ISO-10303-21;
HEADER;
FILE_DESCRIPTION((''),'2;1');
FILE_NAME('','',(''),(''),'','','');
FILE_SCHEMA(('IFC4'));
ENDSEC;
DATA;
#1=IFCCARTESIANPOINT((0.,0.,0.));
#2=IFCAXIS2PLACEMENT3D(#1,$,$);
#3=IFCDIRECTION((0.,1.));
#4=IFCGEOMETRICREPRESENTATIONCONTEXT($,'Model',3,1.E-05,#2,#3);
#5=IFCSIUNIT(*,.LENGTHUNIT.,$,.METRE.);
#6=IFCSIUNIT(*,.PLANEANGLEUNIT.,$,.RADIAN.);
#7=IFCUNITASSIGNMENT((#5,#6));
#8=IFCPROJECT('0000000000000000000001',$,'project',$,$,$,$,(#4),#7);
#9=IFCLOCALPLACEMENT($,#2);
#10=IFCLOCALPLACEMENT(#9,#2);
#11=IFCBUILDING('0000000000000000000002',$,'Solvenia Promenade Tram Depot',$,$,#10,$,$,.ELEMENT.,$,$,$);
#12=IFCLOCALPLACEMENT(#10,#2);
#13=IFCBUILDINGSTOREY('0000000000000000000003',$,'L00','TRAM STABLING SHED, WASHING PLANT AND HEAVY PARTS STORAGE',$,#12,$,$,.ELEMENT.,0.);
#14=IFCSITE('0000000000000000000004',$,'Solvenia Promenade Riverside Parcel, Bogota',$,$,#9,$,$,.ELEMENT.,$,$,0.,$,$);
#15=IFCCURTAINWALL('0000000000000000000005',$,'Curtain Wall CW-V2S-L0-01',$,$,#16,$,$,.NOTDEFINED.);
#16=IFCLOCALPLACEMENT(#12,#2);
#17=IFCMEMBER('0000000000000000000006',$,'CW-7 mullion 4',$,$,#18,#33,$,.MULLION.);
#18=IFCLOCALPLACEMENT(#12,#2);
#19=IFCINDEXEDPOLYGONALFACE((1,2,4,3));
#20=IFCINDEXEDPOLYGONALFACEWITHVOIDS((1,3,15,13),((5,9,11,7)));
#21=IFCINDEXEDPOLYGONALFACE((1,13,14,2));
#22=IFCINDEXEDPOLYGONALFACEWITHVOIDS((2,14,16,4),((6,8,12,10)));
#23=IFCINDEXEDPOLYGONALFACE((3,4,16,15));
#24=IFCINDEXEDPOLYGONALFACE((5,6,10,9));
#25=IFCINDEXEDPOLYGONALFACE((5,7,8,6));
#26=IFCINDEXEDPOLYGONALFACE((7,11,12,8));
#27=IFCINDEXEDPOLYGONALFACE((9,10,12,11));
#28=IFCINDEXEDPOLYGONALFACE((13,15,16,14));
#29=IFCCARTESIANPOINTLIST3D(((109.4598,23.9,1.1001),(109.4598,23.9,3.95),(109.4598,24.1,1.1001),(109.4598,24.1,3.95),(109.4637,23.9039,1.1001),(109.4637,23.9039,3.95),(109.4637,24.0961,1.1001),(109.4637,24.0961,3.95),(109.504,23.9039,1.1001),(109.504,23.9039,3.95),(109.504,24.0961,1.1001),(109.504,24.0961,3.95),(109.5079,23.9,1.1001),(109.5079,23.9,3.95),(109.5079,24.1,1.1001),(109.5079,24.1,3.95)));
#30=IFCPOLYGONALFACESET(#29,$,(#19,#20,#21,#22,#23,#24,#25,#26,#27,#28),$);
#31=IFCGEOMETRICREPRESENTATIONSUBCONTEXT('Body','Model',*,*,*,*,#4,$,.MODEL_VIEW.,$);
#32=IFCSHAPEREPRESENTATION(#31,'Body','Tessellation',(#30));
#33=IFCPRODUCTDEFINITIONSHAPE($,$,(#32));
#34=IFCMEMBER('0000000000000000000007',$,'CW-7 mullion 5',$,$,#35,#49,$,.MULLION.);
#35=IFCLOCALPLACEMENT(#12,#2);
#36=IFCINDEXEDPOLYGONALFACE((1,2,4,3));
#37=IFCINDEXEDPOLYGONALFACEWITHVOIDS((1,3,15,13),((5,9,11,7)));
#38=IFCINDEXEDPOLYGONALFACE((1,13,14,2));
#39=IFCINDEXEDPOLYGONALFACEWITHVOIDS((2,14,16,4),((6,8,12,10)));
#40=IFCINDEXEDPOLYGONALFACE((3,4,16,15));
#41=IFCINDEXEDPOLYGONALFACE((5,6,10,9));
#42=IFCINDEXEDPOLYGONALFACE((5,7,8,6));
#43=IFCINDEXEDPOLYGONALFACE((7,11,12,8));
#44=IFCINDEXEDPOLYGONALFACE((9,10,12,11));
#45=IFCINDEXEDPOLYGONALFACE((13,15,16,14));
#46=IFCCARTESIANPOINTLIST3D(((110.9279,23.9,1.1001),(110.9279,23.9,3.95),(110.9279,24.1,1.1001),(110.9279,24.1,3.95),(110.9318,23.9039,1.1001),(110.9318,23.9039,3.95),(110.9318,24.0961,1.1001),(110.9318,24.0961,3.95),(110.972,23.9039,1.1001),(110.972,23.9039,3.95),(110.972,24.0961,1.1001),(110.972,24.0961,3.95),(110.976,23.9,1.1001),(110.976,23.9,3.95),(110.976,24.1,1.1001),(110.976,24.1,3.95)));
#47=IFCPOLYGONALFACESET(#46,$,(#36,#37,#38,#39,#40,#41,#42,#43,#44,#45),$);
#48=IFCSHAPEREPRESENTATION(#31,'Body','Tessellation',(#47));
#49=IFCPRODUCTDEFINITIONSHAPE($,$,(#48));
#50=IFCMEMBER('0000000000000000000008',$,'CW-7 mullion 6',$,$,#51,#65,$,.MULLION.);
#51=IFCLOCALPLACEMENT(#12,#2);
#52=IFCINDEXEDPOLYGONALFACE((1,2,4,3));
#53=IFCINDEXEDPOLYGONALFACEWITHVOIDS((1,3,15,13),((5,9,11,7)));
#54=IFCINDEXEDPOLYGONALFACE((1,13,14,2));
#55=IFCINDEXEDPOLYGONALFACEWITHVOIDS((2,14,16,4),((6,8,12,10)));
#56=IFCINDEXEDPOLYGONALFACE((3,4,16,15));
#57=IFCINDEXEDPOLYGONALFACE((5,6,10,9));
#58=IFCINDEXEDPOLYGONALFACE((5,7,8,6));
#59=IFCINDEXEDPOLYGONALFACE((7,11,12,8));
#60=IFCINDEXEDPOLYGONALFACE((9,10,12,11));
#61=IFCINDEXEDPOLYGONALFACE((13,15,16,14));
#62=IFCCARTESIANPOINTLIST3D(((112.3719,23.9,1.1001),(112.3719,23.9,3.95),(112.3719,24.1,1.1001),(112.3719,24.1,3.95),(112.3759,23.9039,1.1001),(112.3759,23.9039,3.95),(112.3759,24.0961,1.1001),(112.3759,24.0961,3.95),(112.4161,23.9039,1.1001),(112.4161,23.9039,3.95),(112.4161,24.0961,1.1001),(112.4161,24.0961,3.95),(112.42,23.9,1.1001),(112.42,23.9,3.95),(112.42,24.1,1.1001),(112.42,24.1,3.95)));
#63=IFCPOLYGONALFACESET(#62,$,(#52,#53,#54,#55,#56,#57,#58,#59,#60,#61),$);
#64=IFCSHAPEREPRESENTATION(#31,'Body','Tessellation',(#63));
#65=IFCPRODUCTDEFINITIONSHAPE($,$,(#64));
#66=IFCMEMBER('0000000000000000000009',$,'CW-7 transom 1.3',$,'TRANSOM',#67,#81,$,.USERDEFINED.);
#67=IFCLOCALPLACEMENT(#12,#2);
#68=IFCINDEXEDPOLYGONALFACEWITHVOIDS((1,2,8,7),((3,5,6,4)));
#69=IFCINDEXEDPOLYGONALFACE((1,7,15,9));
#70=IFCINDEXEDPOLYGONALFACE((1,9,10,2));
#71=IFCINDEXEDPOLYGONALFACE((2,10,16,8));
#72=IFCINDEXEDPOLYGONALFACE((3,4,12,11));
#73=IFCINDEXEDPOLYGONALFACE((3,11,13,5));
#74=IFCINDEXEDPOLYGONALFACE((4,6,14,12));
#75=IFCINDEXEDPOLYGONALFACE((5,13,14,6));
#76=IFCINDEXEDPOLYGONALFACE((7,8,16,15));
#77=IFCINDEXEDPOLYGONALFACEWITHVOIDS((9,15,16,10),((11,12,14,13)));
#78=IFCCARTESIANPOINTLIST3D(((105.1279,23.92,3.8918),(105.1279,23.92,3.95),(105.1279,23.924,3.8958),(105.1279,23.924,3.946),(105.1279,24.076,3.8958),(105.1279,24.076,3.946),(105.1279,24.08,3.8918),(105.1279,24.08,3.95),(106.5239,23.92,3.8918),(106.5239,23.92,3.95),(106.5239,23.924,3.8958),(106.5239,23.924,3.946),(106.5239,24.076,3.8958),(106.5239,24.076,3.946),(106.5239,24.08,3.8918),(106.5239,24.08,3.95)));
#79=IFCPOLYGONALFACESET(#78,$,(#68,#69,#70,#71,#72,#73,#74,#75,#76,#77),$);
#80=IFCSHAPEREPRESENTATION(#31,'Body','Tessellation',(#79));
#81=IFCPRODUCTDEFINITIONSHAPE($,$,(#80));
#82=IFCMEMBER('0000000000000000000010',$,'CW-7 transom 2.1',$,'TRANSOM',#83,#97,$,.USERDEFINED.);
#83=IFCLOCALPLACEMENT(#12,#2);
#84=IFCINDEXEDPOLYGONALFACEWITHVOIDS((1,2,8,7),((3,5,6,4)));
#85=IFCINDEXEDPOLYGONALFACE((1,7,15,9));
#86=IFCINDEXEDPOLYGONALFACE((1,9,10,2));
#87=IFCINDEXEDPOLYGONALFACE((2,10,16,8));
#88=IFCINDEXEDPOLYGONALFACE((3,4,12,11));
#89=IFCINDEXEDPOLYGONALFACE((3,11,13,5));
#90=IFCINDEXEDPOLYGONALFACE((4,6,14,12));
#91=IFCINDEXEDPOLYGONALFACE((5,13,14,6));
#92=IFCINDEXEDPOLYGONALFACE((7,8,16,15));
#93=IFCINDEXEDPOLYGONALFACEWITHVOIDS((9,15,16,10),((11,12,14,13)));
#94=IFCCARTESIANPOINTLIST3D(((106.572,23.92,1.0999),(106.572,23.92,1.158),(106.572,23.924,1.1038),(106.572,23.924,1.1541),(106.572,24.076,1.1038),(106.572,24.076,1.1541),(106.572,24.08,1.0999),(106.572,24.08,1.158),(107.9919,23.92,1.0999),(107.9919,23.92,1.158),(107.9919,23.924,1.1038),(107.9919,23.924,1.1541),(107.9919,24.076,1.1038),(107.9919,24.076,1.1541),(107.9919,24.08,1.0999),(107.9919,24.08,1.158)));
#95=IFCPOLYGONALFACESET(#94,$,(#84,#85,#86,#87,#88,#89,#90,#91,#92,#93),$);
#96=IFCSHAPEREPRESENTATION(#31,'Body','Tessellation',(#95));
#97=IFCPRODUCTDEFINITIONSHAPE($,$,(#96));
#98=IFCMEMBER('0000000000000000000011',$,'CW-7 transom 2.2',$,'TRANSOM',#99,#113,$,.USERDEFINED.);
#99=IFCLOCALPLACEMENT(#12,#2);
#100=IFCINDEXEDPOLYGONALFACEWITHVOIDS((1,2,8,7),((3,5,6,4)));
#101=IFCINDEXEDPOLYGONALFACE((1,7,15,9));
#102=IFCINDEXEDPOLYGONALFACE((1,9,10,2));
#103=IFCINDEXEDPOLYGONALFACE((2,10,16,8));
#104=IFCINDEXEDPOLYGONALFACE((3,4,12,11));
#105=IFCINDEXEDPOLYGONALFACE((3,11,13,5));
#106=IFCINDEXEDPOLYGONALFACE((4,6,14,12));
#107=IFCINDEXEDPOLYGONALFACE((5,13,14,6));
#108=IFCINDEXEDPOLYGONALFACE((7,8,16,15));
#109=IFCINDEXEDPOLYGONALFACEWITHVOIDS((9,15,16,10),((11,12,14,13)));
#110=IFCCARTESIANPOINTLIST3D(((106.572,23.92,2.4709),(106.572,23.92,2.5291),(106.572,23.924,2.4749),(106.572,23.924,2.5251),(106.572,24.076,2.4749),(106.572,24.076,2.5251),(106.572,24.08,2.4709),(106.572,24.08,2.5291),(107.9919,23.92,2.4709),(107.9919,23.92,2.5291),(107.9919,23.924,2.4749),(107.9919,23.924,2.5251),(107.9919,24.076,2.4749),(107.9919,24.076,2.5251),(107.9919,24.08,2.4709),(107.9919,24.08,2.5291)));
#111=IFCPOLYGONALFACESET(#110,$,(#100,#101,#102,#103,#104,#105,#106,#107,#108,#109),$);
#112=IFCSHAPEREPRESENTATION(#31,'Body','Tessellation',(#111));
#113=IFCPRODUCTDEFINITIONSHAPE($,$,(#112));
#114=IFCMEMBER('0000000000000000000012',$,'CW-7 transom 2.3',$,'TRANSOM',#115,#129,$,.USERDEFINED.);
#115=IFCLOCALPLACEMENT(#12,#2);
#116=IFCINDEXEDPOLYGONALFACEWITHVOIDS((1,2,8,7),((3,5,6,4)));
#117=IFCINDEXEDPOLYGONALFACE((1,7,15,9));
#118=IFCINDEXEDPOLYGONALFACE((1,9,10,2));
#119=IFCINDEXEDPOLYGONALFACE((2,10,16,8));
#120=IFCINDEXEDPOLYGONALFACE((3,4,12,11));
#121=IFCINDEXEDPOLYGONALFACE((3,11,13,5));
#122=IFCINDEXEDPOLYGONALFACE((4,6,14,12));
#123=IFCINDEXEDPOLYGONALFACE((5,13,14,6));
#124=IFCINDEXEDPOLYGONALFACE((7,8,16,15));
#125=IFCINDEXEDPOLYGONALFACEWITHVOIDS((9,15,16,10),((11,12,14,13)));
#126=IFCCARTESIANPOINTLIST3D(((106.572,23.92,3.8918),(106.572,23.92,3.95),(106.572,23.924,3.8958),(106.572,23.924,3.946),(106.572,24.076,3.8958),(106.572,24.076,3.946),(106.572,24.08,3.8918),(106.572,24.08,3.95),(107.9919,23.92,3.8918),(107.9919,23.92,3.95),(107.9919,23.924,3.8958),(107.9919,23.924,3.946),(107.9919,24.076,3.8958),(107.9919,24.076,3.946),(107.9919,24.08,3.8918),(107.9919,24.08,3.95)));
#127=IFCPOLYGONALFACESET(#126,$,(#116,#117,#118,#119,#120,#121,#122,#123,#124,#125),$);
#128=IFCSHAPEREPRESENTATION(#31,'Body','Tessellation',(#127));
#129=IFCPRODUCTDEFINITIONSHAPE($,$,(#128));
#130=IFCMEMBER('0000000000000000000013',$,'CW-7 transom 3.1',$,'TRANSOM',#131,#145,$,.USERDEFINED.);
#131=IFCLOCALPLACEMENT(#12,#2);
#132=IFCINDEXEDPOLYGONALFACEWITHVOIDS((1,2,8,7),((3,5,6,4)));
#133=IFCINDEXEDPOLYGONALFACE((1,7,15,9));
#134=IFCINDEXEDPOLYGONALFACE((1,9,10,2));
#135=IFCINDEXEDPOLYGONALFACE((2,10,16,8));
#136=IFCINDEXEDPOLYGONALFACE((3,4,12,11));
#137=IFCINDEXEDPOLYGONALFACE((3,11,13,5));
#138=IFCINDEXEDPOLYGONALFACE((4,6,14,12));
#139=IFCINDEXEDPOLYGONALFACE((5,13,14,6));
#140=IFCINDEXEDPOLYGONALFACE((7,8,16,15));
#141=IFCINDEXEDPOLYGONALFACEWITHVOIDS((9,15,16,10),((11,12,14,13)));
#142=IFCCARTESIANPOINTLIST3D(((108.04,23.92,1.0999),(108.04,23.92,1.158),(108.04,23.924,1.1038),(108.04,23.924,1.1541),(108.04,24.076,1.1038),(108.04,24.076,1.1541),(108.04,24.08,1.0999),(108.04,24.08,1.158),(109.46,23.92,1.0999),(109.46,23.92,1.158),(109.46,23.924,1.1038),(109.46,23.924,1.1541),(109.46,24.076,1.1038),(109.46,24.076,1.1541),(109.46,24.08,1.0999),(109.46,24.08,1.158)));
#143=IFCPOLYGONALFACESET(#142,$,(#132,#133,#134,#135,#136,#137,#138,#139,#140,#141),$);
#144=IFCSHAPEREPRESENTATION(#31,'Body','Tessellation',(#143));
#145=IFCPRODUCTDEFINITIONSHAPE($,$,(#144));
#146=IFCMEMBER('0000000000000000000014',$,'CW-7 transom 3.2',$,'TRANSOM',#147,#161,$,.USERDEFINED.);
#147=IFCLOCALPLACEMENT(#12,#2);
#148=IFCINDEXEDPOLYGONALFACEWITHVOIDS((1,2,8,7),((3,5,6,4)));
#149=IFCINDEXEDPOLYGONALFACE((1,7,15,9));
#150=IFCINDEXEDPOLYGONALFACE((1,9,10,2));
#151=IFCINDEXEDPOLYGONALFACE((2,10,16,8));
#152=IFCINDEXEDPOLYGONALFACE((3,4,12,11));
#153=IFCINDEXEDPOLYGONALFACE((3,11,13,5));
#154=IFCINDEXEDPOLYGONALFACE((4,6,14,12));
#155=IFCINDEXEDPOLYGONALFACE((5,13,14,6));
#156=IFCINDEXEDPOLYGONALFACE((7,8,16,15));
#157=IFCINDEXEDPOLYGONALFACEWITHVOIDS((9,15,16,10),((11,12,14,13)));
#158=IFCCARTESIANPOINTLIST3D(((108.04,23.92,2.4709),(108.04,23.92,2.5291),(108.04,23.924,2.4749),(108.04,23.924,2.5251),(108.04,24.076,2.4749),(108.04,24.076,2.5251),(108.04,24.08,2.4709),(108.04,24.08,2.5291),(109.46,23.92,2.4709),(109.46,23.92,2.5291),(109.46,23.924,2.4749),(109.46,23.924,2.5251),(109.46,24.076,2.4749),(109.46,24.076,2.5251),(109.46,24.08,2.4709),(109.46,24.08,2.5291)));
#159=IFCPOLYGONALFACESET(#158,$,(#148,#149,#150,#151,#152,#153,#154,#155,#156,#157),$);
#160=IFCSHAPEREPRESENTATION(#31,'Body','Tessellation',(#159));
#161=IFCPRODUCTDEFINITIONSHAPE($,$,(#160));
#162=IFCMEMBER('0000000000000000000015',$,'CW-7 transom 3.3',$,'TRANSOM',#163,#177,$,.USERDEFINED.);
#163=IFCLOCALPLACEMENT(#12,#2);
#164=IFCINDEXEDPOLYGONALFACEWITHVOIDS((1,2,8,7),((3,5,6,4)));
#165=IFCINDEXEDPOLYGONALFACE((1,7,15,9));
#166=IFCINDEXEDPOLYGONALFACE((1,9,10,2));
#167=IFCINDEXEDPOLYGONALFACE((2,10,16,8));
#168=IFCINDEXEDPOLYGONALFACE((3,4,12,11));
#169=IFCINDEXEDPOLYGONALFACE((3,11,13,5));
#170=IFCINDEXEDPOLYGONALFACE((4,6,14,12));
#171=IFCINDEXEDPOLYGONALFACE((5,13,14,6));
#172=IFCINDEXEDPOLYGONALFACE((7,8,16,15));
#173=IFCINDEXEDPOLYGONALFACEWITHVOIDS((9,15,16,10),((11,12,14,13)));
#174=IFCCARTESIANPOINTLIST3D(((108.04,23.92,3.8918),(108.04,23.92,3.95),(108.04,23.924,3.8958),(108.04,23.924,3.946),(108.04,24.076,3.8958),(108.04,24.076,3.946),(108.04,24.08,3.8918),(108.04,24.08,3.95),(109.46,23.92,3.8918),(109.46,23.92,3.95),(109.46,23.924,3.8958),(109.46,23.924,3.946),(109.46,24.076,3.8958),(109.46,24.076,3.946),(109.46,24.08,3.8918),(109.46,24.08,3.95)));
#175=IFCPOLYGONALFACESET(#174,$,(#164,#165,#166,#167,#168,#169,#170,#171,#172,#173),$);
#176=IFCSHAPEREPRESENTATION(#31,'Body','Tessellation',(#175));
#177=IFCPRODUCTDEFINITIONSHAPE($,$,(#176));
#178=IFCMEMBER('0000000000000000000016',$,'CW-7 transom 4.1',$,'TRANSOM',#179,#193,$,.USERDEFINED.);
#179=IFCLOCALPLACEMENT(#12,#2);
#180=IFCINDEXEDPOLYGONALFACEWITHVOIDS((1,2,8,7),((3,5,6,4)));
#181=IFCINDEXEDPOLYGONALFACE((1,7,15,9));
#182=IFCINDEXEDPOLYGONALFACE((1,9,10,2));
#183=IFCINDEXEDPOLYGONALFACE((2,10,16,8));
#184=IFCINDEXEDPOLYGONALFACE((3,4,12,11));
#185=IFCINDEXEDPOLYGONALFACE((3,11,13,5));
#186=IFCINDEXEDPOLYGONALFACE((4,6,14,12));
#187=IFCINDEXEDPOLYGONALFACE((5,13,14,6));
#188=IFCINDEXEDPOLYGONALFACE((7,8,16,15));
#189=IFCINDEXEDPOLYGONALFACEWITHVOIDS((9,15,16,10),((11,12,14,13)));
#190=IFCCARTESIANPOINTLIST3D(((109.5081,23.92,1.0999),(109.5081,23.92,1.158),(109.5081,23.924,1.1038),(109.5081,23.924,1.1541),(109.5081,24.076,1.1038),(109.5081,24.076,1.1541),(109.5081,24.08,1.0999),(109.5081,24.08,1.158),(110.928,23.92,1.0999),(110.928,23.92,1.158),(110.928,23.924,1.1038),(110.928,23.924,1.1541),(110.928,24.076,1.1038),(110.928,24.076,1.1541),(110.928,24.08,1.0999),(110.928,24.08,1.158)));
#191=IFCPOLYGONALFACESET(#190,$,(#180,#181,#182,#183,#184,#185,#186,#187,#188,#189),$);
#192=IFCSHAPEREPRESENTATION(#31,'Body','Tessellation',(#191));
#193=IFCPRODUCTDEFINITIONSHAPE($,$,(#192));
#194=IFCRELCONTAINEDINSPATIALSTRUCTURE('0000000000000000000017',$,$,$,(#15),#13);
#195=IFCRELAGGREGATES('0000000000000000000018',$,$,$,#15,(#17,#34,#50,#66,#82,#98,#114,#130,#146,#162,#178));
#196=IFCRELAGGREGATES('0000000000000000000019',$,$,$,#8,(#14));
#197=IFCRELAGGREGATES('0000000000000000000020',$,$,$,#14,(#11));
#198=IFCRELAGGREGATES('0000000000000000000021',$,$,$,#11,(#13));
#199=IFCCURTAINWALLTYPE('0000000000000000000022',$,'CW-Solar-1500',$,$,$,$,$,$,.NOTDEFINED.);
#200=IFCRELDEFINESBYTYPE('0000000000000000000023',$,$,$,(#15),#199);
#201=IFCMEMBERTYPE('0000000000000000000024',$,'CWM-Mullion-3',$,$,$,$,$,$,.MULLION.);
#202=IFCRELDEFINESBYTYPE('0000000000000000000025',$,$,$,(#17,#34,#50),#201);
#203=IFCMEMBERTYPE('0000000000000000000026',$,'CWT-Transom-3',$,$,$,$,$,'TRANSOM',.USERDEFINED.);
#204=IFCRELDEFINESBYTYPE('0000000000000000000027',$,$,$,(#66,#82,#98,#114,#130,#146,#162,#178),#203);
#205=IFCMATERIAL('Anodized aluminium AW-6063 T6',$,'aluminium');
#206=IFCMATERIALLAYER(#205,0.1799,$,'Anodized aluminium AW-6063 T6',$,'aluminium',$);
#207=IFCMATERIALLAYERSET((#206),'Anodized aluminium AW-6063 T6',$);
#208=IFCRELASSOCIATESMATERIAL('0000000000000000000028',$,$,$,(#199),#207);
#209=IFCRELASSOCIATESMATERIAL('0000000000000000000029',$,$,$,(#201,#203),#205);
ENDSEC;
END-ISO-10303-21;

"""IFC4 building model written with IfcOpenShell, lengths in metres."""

from ifc_helpers import new_model, si_unit, direction, frame, origin, origin_2d, place, context, subcontext, project, spatial, hollow_rectangle, extrude, material, layer, layer_set, material_profile, profile_set, type_object, element, aggregate, save


model = new_model("IFC4")

# Units and contexts
model_context = context("Model", 3, precision=1e-05, world=origin(), true_north=direction((0.0, 1.0)))
body_context = subcontext(model_context, "Body", "Model", "MODEL_VIEW")
ifc_project = project(units=[si_unit("LENGTHUNIT", "METRE"), si_unit("PLANEANGLEUNIT", "RADIAN")], contexts=[model_context])

# Site, building, storey
site_placement = place(None, origin())
site = spatial("IfcSite", under=ifc_project, at=site_placement, Name="Solvenia Promenade Riverside Parcel, Bogota", CompositionType="ELEMENT", RefElevation=0.0)
building_placement = place(site_placement, origin())
building = spatial("IfcBuilding", under=site, at=building_placement, Name="Solvenia Promenade Tram Depot", CompositionType="ELEMENT")
storey_placement = place(building_placement, origin())
storey = spatial("IfcBuildingStorey", under=building, at=storey_placement, Name="L00", Description="TRAM STABLING SHED, WASHING PLANT AND HEAVY PARTS STORAGE", CompositionType="ELEMENT", Elevation=0.0)

# Curtain wall, members
ifc_material_1 = material(Name="Anodized aluminium AW-6063 T6", Category="aluminium")
ifc_layer_1 = layer(ifc_material_1, 0.1799, Name="Anodized aluminium AW-6063 T6", Category="aluminium")
ifc_layer_set_1 = layer_set([ifc_layer_1], Name="Anodized aluminium AW-6063 T6")
curtain_wall_type = type_object("IfcCurtainWallType", Name="CW-Solar-1500", PredefinedType="NOTDEFINED", material=ifc_layer_set_1)
curtain_wall_placement = place(storey_placement, origin())
curtain_wall = element("IfcCurtainWall", 1, at=curtain_wall_placement, inside=storey, type_object=curtain_wall_type, Name="Curtain Wall CW-V2S-L0-01", PredefinedType="NOTDEFINED")
ifc_material_profile_1 = material_profile(ifc_material_1, hollow_rectangle(XDim=0.2, YDim=0.0481, WallThickness=0.0039, at=origin_2d()), Name="ALU-M3", Category="aluminium")
ifc_profile_set_1 = profile_set([ifc_material_profile_1], Name="Anodized aluminium AW-6063 T6")
member_type_1 = type_object("IfcMemberType", Name="CWM-Mullion-3", PredefinedType="MULLION", material=ifc_profile_set_1)
member_1_placement = place(storey_placement, frame((109.4839, 24.0, 1.1001), z_axis=(0.0, 0.0, 1.0), x_axis=(0.0, 1.0, 0.0)))
member_1 = element("IfcMember", 2, at=member_1_placement, type_object=member_type_1, Name="CW-7 mullion 4", PredefinedType="MULLION", context=body_context, shape_type="SweptSolid", body=[
    extrude(hollow_rectangle(XDim=0.2, YDim=0.0481, WallThickness=0.0039, at=origin_2d()), origin(), (0.0, 0.0, 1.0), 2.8499),
])
member_2_placement = place(storey_placement, frame((110.9519, 24.0, 1.1001), z_axis=(0.0, 0.0, 1.0), x_axis=(0.0, 1.0, 0.0)))
member_2 = element("IfcMember", 3, at=member_2_placement, type_object=member_type_1, Name="CW-7 mullion 5", PredefinedType="MULLION", context=body_context, shape_type="SweptSolid", body=[
    extrude(hollow_rectangle(XDim=0.2, YDim=0.0481, WallThickness=0.0039, at=origin_2d()), origin(), (0.0, 0.0, 1.0), 2.8499),
])
member_3_placement = place(storey_placement, frame((112.396, 24.0, 1.1001), z_axis=(0.0, 0.0, 1.0), x_axis=(0.0, 1.0, 0.0)))
member_3 = element("IfcMember", 4, at=member_3_placement, type_object=member_type_1, Name="CW-7 mullion 6", PredefinedType="MULLION", context=body_context, shape_type="SweptSolid", body=[
    extrude(hollow_rectangle(XDim=0.2, YDim=0.0481, WallThickness=0.0039, at=origin_2d()), origin(), (0.0, 0.0, 1.0), 2.8499),
])
ifc_material_profile_2 = material_profile(ifc_material_1, hollow_rectangle(XDim=0.1599, YDim=0.0581, WallThickness=0.0039, at=origin_2d()), Name="ALU-T3", Category="aluminium")
ifc_profile_set_2 = profile_set([ifc_material_profile_2], Name="Anodized aluminium AW-6063 T6")
member_type_2 = type_object("IfcMemberType", Name="CWT-Transom-3", ElementType="TRANSOM", PredefinedType="USERDEFINED", material=ifc_profile_set_2)
member_4_placement = place(storey_placement, frame((105.1279, 24.0, 3.9209), z_axis=(1.0, 0.0, 0.0), x_axis=(0.0, 1.0, 0.0)))
member_4 = element("IfcMember", 5, at=member_4_placement, type_object=member_type_2, Name="CW-7 transom 1.3", ObjectType="TRANSOM", PredefinedType="USERDEFINED", context=body_context, shape_type="SweptSolid", body=[
    extrude(hollow_rectangle(XDim=0.1599, YDim=0.0581, WallThickness=0.0039, at=origin_2d()), origin(), (0.0, 0.0, 1.0), 1.396),
])
member_5_placement = place(storey_placement, frame((106.572, 24.0, 1.1289), z_axis=(1.0, 0.0, 0.0), x_axis=(0.0, 1.0, 0.0)))
member_5 = element("IfcMember", 6, at=member_5_placement, type_object=member_type_2, Name="CW-7 transom 2.1", ObjectType="TRANSOM", PredefinedType="USERDEFINED", context=body_context, shape_type="SweptSolid", body=[
    extrude(hollow_rectangle(XDim=0.1599, YDim=0.0581, WallThickness=0.0039, at=origin_2d()), origin(), (0.0, 0.0, 1.0), 1.4199),
])
member_6_placement = place(storey_placement, frame((106.572, 24.0, 2.5), z_axis=(1.0, 0.0, 0.0), x_axis=(0.0, 1.0, 0.0)))
member_6 = element("IfcMember", 7, at=member_6_placement, type_object=member_type_2, Name="CW-7 transom 2.2", ObjectType="TRANSOM", PredefinedType="USERDEFINED", context=body_context, shape_type="SweptSolid", body=[
    extrude(hollow_rectangle(XDim=0.1599, YDim=0.0581, WallThickness=0.0039, at=origin_2d()), origin(), (0.0, 0.0, 1.0), 1.4199),
])
member_7_placement = place(storey_placement, frame((106.572, 24.0, 3.9209), z_axis=(1.0, 0.0, 0.0), x_axis=(0.0, 1.0, 0.0)))
member_7 = element("IfcMember", 8, at=member_7_placement, type_object=member_type_2, Name="CW-7 transom 2.3", ObjectType="TRANSOM", PredefinedType="USERDEFINED", context=body_context, shape_type="SweptSolid", body=[
    extrude(hollow_rectangle(XDim=0.1599, YDim=0.0581, WallThickness=0.0039, at=origin_2d()), origin(), (0.0, 0.0, 1.0), 1.4199),
])
member_8_placement = place(storey_placement, frame((108.04, 24.0, 1.1289), z_axis=(1.0, 0.0, 0.0), x_axis=(0.0, 1.0, 0.0)))
member_8 = element("IfcMember", 9, at=member_8_placement, type_object=member_type_2, Name="CW-7 transom 3.1", ObjectType="TRANSOM", PredefinedType="USERDEFINED", context=body_context, shape_type="SweptSolid", body=[
    extrude(hollow_rectangle(XDim=0.1599, YDim=0.0581, WallThickness=0.0039, at=origin_2d()), origin(), (0.0, 0.0, 1.0), 1.4199),
])
member_9_placement = place(storey_placement, frame((108.04, 24.0, 2.5), z_axis=(1.0, 0.0, 0.0), x_axis=(0.0, 1.0, 0.0)))
member_9 = element("IfcMember", 10, at=member_9_placement, type_object=member_type_2, Name="CW-7 transom 3.2", ObjectType="TRANSOM", PredefinedType="USERDEFINED", context=body_context, shape_type="SweptSolid", body=[
    extrude(hollow_rectangle(XDim=0.1599, YDim=0.0581, WallThickness=0.0039, at=origin_2d()), origin(), (0.0, 0.0, 1.0), 1.4199),
])
member_10_placement = place(storey_placement, frame((108.04, 24.0, 3.9209), z_axis=(1.0, 0.0, 0.0), x_axis=(0.0, 1.0, 0.0)))
member_10 = element("IfcMember", 11, at=member_10_placement, type_object=member_type_2, Name="CW-7 transom 3.3", ObjectType="TRANSOM", PredefinedType="USERDEFINED", context=body_context, shape_type="SweptSolid", body=[
    extrude(hollow_rectangle(XDim=0.1599, YDim=0.0581, WallThickness=0.0039, at=origin_2d()), origin(), (0.0, 0.0, 1.0), 1.4199),
])
member_11_placement = place(storey_placement, frame((109.5081, 24.0, 1.1289), z_axis=(1.0, 0.0, 0.0), x_axis=(0.0, 1.0, 0.0)))
member_11 = element("IfcMember", 12, at=member_11_placement, type_object=member_type_2, Name="CW-7 transom 4.1", ObjectType="TRANSOM", PredefinedType="USERDEFINED", context=body_context, shape_type="SweptSolid", body=[
    extrude(hollow_rectangle(XDim=0.1599, YDim=0.0581, WallThickness=0.0039, at=origin_2d()), origin(), (0.0, 0.0, 1.0), 1.4199),
])
aggregate(curtain_wall, [member_1, member_2, member_3, member_4, member_5, member_6, member_7, member_8, member_9, member_10, member_11])

save(model, "model.ifc")
